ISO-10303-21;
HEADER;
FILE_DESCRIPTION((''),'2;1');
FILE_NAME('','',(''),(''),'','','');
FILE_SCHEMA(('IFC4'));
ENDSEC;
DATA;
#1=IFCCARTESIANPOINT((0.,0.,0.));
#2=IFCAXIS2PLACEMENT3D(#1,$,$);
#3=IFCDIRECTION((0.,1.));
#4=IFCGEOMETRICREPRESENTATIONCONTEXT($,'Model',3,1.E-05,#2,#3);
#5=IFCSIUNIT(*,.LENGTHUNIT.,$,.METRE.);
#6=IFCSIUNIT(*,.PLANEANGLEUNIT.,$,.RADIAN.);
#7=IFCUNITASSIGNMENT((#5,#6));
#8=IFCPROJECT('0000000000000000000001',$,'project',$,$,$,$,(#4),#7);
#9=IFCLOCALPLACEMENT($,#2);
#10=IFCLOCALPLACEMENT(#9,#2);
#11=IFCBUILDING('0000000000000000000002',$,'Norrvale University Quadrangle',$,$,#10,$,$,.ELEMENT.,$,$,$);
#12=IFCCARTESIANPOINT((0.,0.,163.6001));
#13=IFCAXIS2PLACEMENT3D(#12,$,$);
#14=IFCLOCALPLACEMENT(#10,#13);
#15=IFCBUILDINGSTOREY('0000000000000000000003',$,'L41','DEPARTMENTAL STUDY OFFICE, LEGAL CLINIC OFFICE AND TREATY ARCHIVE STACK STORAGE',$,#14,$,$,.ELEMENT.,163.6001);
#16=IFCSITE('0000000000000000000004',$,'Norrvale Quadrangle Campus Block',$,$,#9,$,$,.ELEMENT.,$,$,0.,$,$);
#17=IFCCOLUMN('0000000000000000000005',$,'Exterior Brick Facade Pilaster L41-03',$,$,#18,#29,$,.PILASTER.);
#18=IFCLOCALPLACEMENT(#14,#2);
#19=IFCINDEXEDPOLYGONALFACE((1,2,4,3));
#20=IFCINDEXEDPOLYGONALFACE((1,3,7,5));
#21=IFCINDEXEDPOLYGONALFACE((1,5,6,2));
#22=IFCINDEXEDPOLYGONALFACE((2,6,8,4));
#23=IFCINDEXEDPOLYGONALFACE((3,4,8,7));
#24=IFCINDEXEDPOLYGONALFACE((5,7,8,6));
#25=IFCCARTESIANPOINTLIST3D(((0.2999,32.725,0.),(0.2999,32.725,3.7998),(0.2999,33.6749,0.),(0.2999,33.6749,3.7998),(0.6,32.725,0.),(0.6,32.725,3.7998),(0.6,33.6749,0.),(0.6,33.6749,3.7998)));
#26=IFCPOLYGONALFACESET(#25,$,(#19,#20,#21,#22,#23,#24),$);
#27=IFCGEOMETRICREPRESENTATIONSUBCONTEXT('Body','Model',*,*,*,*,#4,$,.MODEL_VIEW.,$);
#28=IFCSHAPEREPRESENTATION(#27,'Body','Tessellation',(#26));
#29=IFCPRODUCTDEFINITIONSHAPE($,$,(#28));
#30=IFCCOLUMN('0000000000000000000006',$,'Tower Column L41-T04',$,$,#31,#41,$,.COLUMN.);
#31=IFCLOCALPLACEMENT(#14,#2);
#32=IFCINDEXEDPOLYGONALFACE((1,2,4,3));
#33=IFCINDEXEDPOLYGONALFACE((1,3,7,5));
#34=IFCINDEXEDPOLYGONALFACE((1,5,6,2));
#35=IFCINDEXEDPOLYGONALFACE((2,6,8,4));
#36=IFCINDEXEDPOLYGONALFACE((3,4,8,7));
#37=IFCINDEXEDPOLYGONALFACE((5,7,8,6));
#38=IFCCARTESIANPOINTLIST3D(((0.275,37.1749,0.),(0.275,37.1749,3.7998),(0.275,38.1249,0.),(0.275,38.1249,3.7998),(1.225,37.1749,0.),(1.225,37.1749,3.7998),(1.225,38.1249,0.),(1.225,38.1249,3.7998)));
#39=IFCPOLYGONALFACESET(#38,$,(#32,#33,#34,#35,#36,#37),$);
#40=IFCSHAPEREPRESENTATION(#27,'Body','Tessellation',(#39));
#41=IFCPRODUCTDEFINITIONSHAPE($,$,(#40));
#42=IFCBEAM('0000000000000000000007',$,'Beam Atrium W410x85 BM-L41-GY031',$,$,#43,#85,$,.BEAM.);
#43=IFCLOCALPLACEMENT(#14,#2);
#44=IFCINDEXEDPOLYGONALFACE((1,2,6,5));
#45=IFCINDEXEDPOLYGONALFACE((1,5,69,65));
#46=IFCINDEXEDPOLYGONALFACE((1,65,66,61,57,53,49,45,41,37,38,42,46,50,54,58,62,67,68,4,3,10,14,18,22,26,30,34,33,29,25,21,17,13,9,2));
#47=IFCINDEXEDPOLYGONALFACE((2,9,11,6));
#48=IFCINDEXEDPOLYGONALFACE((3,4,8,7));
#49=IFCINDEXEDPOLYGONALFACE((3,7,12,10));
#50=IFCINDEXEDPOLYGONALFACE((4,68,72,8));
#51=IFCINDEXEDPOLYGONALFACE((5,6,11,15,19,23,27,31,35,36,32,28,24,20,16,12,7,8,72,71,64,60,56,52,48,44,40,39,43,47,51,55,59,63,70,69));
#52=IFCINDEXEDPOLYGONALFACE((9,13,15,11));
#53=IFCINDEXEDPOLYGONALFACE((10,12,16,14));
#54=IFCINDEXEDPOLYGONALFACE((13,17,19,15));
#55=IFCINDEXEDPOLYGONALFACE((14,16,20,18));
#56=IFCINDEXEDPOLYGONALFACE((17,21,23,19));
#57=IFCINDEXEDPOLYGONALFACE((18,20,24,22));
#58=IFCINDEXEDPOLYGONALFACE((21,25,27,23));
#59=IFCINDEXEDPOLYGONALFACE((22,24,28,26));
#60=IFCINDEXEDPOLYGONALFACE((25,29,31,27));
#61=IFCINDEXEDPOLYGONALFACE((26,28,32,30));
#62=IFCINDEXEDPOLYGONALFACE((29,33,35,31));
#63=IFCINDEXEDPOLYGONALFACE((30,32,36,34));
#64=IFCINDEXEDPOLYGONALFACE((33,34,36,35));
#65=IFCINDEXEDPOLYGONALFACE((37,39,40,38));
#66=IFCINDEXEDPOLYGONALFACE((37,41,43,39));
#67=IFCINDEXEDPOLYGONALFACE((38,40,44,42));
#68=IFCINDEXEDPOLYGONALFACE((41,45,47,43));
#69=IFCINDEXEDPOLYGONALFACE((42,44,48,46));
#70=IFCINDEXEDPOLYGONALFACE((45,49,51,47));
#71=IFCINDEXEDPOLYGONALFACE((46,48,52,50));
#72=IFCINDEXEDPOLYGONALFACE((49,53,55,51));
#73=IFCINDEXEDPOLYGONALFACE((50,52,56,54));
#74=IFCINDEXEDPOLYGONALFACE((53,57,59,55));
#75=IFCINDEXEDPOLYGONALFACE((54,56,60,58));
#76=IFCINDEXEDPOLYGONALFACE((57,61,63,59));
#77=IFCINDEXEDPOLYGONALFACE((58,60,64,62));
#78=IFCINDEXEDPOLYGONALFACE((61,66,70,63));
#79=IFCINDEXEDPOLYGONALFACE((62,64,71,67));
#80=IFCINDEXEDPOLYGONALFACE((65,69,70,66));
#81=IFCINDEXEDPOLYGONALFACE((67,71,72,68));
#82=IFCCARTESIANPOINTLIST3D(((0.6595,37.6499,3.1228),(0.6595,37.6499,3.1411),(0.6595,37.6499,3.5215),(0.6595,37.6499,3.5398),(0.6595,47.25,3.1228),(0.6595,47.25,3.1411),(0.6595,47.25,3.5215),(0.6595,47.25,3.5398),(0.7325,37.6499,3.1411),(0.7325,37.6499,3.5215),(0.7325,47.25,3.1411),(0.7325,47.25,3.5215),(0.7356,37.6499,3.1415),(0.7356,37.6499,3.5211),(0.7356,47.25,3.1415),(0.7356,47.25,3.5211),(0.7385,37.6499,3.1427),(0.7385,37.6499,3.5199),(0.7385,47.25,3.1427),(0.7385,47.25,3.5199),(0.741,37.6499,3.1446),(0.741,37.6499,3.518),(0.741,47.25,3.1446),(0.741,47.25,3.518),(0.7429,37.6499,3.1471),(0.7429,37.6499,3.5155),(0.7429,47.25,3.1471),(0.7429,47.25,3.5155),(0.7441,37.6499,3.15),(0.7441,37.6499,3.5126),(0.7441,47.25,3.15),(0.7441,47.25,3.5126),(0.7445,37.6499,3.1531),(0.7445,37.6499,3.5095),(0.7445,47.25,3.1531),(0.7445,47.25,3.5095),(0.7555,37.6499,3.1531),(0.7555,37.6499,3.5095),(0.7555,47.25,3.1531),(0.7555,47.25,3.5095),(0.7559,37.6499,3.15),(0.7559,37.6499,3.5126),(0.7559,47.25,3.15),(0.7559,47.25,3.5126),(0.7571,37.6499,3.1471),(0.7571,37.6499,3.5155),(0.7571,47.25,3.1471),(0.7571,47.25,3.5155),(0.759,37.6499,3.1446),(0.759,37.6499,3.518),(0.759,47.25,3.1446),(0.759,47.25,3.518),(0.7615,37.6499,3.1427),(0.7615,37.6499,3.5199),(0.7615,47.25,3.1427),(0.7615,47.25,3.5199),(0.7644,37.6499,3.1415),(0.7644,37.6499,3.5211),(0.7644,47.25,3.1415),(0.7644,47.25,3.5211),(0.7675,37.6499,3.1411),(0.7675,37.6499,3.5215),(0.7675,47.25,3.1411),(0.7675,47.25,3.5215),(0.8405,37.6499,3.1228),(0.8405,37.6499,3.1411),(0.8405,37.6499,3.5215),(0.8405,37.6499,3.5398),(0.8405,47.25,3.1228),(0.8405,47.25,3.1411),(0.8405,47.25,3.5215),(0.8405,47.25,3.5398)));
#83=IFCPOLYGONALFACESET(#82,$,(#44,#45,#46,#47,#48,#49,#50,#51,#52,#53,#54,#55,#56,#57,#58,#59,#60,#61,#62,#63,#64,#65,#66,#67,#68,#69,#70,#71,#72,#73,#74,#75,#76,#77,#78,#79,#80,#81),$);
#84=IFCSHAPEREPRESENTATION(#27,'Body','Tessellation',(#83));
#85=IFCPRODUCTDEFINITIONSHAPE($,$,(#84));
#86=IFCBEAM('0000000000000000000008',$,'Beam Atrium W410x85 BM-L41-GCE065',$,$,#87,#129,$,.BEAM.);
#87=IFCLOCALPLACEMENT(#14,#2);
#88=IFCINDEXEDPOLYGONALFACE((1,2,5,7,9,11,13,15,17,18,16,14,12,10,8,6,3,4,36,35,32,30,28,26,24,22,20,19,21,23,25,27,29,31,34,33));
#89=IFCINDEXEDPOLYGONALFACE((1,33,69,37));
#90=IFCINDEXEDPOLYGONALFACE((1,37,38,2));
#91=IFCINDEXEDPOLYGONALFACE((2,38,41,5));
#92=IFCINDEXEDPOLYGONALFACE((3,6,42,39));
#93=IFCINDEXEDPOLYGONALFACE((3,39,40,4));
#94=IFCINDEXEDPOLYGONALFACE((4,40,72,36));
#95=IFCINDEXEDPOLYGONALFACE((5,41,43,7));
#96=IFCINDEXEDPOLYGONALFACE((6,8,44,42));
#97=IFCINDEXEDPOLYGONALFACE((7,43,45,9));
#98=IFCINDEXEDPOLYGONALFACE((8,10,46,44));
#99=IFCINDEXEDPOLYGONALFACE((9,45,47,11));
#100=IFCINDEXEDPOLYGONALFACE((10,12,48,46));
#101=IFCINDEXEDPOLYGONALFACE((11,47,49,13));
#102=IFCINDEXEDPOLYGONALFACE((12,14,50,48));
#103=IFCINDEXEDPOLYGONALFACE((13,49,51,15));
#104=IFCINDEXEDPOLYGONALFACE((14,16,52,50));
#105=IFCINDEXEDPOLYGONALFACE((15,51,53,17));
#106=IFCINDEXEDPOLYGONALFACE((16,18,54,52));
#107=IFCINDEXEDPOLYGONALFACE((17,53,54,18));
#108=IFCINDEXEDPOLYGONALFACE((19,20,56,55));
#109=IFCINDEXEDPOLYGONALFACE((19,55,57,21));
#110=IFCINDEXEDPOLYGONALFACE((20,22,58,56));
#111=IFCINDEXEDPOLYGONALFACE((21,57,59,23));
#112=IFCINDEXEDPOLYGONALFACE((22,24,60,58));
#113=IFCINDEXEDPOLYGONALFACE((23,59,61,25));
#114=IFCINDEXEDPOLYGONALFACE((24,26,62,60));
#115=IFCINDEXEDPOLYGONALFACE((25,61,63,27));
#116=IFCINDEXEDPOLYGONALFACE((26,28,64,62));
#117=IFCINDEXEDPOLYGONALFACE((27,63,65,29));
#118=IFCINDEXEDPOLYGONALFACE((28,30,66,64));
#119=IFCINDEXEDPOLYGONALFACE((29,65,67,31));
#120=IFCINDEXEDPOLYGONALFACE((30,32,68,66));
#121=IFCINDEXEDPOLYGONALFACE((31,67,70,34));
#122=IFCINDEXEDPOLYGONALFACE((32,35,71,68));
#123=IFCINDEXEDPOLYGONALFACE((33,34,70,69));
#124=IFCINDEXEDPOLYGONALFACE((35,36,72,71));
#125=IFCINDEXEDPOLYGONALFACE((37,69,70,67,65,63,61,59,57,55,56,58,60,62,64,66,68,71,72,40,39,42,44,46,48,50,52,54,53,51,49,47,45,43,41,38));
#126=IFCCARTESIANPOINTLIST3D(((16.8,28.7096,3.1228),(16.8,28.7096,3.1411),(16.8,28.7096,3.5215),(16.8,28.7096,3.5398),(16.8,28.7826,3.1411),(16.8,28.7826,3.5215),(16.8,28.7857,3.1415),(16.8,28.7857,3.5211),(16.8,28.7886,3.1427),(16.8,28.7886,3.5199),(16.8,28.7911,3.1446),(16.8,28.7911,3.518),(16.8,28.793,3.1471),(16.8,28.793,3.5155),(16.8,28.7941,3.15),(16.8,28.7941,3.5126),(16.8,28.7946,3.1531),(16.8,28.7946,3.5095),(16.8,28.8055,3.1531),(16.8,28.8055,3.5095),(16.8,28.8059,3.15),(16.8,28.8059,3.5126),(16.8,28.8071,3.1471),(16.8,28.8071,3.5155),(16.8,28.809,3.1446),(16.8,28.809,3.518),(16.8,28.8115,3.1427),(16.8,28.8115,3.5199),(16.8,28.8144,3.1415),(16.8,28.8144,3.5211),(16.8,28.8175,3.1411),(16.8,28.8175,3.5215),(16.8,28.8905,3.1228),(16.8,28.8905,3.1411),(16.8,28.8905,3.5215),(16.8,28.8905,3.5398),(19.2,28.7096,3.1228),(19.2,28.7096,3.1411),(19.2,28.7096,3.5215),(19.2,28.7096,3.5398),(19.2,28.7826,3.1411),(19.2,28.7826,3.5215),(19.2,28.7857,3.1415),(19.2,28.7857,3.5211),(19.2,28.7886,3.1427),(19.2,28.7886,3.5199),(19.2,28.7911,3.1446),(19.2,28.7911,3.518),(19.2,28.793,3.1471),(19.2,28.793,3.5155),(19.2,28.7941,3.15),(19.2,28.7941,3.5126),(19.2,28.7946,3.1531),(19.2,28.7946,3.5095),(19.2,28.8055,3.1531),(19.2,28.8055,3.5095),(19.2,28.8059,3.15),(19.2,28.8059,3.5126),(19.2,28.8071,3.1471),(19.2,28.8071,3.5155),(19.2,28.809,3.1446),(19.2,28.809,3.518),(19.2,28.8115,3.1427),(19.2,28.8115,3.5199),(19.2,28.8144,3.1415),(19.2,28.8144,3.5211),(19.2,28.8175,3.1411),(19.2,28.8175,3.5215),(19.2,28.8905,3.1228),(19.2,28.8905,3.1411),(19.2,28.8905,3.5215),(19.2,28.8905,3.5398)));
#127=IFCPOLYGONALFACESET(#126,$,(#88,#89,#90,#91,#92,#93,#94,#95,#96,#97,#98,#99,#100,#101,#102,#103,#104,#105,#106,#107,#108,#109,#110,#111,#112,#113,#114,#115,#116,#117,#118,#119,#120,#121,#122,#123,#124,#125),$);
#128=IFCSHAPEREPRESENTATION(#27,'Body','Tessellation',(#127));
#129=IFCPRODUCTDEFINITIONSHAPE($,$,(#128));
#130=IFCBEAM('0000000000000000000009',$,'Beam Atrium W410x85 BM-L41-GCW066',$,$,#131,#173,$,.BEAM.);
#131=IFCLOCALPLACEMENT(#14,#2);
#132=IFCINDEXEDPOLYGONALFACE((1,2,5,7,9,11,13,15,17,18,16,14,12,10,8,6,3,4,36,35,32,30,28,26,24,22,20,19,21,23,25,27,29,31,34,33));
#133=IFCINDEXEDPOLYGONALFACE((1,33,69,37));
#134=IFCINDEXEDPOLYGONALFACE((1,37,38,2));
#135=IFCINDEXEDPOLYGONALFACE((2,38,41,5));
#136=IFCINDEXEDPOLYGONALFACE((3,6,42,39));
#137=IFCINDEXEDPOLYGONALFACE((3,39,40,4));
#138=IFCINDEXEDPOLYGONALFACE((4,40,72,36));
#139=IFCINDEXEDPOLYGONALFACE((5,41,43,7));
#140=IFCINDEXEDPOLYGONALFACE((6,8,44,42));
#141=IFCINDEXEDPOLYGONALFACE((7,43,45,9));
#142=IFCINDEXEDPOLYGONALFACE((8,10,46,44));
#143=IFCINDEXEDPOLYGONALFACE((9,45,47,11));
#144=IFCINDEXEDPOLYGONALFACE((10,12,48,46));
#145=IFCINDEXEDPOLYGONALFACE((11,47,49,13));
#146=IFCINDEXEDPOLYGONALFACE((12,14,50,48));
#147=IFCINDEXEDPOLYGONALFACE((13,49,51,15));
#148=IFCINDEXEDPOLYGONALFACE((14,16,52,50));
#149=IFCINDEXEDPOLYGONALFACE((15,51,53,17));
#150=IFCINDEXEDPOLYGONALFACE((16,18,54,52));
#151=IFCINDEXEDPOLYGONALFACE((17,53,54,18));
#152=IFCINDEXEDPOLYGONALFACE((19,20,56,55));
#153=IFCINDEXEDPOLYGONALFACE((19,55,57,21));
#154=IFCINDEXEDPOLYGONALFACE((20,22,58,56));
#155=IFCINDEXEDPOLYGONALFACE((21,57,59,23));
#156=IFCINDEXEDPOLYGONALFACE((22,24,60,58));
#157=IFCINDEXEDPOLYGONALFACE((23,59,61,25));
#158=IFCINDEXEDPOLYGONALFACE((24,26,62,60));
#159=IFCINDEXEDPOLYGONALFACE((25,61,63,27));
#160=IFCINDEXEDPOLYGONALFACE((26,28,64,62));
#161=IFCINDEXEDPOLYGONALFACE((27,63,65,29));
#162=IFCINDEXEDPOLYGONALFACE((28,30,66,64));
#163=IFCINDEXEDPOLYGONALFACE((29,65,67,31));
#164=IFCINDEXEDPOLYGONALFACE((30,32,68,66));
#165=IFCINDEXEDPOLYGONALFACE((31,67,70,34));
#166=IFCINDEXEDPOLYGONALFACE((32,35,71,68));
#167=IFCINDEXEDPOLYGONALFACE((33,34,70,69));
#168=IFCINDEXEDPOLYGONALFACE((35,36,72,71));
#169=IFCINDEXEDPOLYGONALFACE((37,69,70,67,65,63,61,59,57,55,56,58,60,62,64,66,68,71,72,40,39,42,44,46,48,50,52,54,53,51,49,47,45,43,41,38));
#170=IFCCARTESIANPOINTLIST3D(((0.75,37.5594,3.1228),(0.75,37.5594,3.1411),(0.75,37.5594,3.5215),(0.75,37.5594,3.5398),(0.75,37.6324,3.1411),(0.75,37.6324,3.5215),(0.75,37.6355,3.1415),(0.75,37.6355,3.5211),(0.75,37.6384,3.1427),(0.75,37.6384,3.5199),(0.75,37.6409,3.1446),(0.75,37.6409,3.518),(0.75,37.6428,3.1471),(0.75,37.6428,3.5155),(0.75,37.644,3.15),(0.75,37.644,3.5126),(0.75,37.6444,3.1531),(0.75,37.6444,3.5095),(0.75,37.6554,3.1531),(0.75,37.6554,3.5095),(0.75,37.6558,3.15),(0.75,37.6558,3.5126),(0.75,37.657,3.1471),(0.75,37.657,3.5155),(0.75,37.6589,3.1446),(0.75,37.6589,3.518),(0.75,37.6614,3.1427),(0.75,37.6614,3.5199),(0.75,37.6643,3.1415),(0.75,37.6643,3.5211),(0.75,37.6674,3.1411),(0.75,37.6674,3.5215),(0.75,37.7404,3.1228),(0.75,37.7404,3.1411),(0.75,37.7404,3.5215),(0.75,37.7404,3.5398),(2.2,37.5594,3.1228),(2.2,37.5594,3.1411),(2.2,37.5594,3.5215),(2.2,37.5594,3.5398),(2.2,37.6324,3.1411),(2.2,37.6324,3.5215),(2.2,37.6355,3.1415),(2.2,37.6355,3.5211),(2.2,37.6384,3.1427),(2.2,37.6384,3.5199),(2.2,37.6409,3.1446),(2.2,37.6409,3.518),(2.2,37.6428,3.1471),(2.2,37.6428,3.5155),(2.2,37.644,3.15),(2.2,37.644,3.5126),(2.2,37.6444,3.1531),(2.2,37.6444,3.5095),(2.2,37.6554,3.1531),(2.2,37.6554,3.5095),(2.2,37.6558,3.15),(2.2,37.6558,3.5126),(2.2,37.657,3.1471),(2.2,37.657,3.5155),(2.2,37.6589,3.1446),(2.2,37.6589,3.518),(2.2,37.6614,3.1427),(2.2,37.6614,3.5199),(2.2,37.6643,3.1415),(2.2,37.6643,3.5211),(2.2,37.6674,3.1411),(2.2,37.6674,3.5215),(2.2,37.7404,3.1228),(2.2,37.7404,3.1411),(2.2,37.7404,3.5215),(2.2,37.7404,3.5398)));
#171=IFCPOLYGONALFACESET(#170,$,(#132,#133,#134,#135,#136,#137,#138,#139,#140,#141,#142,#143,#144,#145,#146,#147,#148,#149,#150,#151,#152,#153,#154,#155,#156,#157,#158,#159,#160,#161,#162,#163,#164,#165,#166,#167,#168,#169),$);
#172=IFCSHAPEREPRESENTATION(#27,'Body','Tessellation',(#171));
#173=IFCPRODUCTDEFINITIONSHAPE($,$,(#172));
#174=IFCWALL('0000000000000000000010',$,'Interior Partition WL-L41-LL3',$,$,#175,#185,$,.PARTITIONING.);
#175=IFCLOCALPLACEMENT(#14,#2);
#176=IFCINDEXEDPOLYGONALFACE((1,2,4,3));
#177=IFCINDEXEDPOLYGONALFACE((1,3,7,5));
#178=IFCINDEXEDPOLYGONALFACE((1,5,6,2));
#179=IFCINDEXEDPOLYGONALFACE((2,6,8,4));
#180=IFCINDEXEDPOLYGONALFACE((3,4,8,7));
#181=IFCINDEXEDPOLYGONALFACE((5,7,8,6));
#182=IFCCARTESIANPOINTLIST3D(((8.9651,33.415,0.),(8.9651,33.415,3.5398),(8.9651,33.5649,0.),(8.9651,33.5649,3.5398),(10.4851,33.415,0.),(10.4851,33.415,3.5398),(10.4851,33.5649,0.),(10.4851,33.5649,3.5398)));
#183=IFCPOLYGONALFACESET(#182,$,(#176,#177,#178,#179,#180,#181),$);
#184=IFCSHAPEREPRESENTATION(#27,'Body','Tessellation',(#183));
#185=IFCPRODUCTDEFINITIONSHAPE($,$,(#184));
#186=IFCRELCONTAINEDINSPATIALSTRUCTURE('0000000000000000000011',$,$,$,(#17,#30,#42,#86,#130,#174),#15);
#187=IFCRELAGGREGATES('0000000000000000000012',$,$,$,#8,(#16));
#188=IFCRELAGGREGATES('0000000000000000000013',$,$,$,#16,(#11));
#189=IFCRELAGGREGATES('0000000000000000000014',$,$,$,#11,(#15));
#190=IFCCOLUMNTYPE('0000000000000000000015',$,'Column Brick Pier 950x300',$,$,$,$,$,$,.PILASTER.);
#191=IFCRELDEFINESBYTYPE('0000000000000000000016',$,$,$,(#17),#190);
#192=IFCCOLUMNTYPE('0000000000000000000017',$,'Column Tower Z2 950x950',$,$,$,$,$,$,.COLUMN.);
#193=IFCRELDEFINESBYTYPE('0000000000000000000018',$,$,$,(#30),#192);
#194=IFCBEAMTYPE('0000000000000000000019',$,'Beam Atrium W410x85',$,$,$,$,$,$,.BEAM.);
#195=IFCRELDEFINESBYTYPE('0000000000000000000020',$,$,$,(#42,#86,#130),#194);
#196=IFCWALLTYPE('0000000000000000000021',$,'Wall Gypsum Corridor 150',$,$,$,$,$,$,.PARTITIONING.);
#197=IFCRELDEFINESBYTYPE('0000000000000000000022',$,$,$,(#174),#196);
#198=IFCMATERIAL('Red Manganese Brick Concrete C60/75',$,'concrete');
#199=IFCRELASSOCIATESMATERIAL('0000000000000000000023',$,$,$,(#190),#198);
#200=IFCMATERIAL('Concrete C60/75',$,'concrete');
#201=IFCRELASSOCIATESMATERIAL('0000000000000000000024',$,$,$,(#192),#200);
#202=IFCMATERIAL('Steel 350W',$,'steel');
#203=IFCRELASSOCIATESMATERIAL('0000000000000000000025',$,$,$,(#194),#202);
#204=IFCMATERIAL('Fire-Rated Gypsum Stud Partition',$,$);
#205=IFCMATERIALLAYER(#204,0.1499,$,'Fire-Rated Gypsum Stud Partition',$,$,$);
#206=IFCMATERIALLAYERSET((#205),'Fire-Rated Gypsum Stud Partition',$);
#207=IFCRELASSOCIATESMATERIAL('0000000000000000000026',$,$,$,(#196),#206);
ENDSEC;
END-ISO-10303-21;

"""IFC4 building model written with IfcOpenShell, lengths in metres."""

from ifc_helpers import new_model, si_unit, direction, frame, frame_2d, origin, origin_2d, place, context, subcontext, project, spatial, rectangle, i_section, extrude, material, layer, layer_set, material_profile, profile_set, type_object, element, save


model = new_model("IFC4")

# Units and contexts
model_context = context("Model", 3, precision=1e-05, world=origin(), true_north=direction((0.0, 1.0)))
body_context = subcontext(model_context, "Body", "Model", "MODEL_VIEW")
ifc_project = project(units=[si_unit("LENGTHUNIT", "METRE"), si_unit("PLANEANGLEUNIT", "RADIAN")], contexts=[model_context])

# Site, building, storey
site_placement = place(None, origin())
site = spatial("IfcSite", under=ifc_project, at=site_placement, Name="Norrvale Quadrangle Campus Block", CompositionType="ELEMENT", RefElevation=0.0)
building_placement = place(site_placement, origin())
building = spatial("IfcBuilding", under=site, at=building_placement, Name="Norrvale University Quadrangle", CompositionType="ELEMENT")
storey_placement = place(building_placement, frame((0.0, 0.0, 163.6001)))
storey = spatial("IfcBuildingStorey", under=building, at=storey_placement, Name="L41", Description="DEPARTMENTAL STUDY OFFICE, LEGAL CLINIC OFFICE AND TREATY ARCHIVE STACK STORAGE", CompositionType="ELEMENT", Elevation=163.6001)

# Columns
ifc_material_1 = material(Name="Red Manganese Brick Concrete C60/75", Category="concrete")
ifc_material_profile_1 = material_profile(ifc_material_1, rectangle(XDim=0.95, YDim=0.3, at=origin_2d()), Name="Red Manganese Brick Concrete C60/75")
ifc_profile_set_1 = profile_set([ifc_material_profile_1], Name="Red Manganese Brick Concrete C60/75")
column_type_1 = type_object("IfcColumnType", Name="Column Brick Pier 950x300", PredefinedType="PILASTER", material=ifc_profile_set_1)
column_1_placement = place(storey_placement, frame((0.45, 33.2, 0.0), z_axis=(0.0, 0.0, 1.0), x_axis=(0.0, 1.0, 0.0)))
element("IfcColumn", 1, at=column_1_placement, inside=storey, type_object=column_type_1, Name="Exterior Brick Facade Pilaster L41-03", PredefinedType="PILASTER", context=body_context, shape_type="SweptSolid", body=[
    extrude(rectangle(XDim=0.95, YDim=0.3, at=origin_2d()), origin(), (0.0, 0.0, 1.0), 3.7998),
])
ifc_material_2 = material(Name="Concrete C60/75", Category="concrete")
ifc_material_profile_2 = material_profile(ifc_material_2, rectangle(XDim=0.95, YDim=0.95, at=origin_2d()), Name="Concrete C60/75")
ifc_profile_set_2 = profile_set([ifc_material_profile_2], Name="Concrete C60/75")
column_type_2 = type_object("IfcColumnType", Name="Column Tower Z2 950x950", PredefinedType="COLUMN", material=ifc_profile_set_2)
column_2_placement = place(storey_placement, frame((0.75, 37.6499, 0.0), z_axis=(0.0, 0.0, 1.0), x_axis=(1.0, 0.0, 0.0)))
element("IfcColumn", 2, at=column_2_placement, inside=storey, type_object=column_type_2, Name="Tower Column L41-T04", PredefinedType="COLUMN", context=body_context, shape_type="SweptSolid", body=[
    extrude(rectangle(XDim=0.95, YDim=0.95, at=origin_2d()), origin(), (0.0, 0.0, 1.0), 3.7998),
])

# Beams
ifc_material_3 = material(Name="Steel 350W", Category="steel")
ifc_material_profile_3 = material_profile(ifc_material_3, i_section(OverallWidth=0.1809, OverallDepth=0.417, WebThickness=0.011, FlangeThickness=0.0183, FilletRadius=0.012, at=origin_2d()), Name="Steel 350W")
ifc_profile_set_3 = profile_set([ifc_material_profile_3], Name="Steel 350W")
beam_type = type_object("IfcBeamType", Name="Beam Atrium W410x85", PredefinedType="BEAM", material=ifc_profile_set_3)
beam_1_placement = place(storey_placement, frame((0.75, 37.6499, 3.3313), z_axis=(0.0, 1.0, 0.0), x_axis=(-1.0, 0.0, 0.0)))
element("IfcBeam", 3, at=beam_1_placement, inside=storey, type_object=beam_type, Name="Beam Atrium W410x85 BM-L41-GY031", PredefinedType="BEAM", context=body_context, shape_type="SweptSolid", body=[
    extrude(i_section(OverallWidth=0.1809, OverallDepth=0.417, WebThickness=0.011, FlangeThickness=0.0183, FilletRadius=0.012, at=origin_2d()), origin(), (0.0, 0.0, 1.0), 9.6001),
])
beam_2_placement = place(storey_placement, frame((16.8, 28.8, 3.3313), z_axis=(1.0, 0.0, 0.0), x_axis=(0.0, 1.0, 0.0)))
element("IfcBeam", 4, at=beam_2_placement, inside=storey, type_object=beam_type, Name="Beam Atrium W410x85 BM-L41-GCE065", PredefinedType="BEAM", context=body_context, shape_type="SweptSolid", body=[
    extrude(i_section(OverallWidth=0.1809, OverallDepth=0.417, WebThickness=0.011, FlangeThickness=0.0183, FilletRadius=0.012, at=origin_2d()), origin(), (0.0, 0.0, 1.0), 2.3999),
])
beam_3_placement = place(storey_placement, frame((0.75, 37.6499, 3.3313), z_axis=(1.0, 0.0, 0.0), x_axis=(0.0, 1.0, 0.0)))
element("IfcBeam", 5, at=beam_3_placement, inside=storey, type_object=beam_type, Name="Beam Atrium W410x85 BM-L41-GCW066", PredefinedType="BEAM", context=body_context, shape_type="SweptSolid", body=[
    extrude(i_section(OverallWidth=0.1809, OverallDepth=0.417, WebThickness=0.011, FlangeThickness=0.0183, FilletRadius=0.012, at=origin_2d()), origin(), (0.0, 0.0, 1.0), 1.45),
])

# Wall
ifc_material_4 = material(Name="Fire-Rated Gypsum Stud Partition")
ifc_layer_1 = layer(ifc_material_4, 0.1499, Name="Fire-Rated Gypsum Stud Partition")
ifc_layer_set_1 = layer_set([ifc_layer_1], Name="Fire-Rated Gypsum Stud Partition")
wall_type_1 = type_object("IfcWallType", Name="Wall Gypsum Corridor 150", PredefinedType="PARTITIONING", material=ifc_layer_set_1)
wall_1_placement = place(storey_placement, frame((8.9651, 33.49, 0.0), z_axis=(0.0, 0.0, 1.0), x_axis=(1.0, 0.0, 0.0)))
element("IfcWall", 6, at=wall_1_placement, inside=storey, type_object=wall_type_1, Name="Interior Partition WL-L41-LL3", PredefinedType="PARTITIONING", context=body_context, shape_type="SweptSolid", body=[
    extrude(rectangle(XDim=1.52, YDim=0.1499, at=frame_2d((0.76, 0.0))), origin(), (0.0, 0.0, 1.0), 3.5398),
])

save(model, "model.ifc")
